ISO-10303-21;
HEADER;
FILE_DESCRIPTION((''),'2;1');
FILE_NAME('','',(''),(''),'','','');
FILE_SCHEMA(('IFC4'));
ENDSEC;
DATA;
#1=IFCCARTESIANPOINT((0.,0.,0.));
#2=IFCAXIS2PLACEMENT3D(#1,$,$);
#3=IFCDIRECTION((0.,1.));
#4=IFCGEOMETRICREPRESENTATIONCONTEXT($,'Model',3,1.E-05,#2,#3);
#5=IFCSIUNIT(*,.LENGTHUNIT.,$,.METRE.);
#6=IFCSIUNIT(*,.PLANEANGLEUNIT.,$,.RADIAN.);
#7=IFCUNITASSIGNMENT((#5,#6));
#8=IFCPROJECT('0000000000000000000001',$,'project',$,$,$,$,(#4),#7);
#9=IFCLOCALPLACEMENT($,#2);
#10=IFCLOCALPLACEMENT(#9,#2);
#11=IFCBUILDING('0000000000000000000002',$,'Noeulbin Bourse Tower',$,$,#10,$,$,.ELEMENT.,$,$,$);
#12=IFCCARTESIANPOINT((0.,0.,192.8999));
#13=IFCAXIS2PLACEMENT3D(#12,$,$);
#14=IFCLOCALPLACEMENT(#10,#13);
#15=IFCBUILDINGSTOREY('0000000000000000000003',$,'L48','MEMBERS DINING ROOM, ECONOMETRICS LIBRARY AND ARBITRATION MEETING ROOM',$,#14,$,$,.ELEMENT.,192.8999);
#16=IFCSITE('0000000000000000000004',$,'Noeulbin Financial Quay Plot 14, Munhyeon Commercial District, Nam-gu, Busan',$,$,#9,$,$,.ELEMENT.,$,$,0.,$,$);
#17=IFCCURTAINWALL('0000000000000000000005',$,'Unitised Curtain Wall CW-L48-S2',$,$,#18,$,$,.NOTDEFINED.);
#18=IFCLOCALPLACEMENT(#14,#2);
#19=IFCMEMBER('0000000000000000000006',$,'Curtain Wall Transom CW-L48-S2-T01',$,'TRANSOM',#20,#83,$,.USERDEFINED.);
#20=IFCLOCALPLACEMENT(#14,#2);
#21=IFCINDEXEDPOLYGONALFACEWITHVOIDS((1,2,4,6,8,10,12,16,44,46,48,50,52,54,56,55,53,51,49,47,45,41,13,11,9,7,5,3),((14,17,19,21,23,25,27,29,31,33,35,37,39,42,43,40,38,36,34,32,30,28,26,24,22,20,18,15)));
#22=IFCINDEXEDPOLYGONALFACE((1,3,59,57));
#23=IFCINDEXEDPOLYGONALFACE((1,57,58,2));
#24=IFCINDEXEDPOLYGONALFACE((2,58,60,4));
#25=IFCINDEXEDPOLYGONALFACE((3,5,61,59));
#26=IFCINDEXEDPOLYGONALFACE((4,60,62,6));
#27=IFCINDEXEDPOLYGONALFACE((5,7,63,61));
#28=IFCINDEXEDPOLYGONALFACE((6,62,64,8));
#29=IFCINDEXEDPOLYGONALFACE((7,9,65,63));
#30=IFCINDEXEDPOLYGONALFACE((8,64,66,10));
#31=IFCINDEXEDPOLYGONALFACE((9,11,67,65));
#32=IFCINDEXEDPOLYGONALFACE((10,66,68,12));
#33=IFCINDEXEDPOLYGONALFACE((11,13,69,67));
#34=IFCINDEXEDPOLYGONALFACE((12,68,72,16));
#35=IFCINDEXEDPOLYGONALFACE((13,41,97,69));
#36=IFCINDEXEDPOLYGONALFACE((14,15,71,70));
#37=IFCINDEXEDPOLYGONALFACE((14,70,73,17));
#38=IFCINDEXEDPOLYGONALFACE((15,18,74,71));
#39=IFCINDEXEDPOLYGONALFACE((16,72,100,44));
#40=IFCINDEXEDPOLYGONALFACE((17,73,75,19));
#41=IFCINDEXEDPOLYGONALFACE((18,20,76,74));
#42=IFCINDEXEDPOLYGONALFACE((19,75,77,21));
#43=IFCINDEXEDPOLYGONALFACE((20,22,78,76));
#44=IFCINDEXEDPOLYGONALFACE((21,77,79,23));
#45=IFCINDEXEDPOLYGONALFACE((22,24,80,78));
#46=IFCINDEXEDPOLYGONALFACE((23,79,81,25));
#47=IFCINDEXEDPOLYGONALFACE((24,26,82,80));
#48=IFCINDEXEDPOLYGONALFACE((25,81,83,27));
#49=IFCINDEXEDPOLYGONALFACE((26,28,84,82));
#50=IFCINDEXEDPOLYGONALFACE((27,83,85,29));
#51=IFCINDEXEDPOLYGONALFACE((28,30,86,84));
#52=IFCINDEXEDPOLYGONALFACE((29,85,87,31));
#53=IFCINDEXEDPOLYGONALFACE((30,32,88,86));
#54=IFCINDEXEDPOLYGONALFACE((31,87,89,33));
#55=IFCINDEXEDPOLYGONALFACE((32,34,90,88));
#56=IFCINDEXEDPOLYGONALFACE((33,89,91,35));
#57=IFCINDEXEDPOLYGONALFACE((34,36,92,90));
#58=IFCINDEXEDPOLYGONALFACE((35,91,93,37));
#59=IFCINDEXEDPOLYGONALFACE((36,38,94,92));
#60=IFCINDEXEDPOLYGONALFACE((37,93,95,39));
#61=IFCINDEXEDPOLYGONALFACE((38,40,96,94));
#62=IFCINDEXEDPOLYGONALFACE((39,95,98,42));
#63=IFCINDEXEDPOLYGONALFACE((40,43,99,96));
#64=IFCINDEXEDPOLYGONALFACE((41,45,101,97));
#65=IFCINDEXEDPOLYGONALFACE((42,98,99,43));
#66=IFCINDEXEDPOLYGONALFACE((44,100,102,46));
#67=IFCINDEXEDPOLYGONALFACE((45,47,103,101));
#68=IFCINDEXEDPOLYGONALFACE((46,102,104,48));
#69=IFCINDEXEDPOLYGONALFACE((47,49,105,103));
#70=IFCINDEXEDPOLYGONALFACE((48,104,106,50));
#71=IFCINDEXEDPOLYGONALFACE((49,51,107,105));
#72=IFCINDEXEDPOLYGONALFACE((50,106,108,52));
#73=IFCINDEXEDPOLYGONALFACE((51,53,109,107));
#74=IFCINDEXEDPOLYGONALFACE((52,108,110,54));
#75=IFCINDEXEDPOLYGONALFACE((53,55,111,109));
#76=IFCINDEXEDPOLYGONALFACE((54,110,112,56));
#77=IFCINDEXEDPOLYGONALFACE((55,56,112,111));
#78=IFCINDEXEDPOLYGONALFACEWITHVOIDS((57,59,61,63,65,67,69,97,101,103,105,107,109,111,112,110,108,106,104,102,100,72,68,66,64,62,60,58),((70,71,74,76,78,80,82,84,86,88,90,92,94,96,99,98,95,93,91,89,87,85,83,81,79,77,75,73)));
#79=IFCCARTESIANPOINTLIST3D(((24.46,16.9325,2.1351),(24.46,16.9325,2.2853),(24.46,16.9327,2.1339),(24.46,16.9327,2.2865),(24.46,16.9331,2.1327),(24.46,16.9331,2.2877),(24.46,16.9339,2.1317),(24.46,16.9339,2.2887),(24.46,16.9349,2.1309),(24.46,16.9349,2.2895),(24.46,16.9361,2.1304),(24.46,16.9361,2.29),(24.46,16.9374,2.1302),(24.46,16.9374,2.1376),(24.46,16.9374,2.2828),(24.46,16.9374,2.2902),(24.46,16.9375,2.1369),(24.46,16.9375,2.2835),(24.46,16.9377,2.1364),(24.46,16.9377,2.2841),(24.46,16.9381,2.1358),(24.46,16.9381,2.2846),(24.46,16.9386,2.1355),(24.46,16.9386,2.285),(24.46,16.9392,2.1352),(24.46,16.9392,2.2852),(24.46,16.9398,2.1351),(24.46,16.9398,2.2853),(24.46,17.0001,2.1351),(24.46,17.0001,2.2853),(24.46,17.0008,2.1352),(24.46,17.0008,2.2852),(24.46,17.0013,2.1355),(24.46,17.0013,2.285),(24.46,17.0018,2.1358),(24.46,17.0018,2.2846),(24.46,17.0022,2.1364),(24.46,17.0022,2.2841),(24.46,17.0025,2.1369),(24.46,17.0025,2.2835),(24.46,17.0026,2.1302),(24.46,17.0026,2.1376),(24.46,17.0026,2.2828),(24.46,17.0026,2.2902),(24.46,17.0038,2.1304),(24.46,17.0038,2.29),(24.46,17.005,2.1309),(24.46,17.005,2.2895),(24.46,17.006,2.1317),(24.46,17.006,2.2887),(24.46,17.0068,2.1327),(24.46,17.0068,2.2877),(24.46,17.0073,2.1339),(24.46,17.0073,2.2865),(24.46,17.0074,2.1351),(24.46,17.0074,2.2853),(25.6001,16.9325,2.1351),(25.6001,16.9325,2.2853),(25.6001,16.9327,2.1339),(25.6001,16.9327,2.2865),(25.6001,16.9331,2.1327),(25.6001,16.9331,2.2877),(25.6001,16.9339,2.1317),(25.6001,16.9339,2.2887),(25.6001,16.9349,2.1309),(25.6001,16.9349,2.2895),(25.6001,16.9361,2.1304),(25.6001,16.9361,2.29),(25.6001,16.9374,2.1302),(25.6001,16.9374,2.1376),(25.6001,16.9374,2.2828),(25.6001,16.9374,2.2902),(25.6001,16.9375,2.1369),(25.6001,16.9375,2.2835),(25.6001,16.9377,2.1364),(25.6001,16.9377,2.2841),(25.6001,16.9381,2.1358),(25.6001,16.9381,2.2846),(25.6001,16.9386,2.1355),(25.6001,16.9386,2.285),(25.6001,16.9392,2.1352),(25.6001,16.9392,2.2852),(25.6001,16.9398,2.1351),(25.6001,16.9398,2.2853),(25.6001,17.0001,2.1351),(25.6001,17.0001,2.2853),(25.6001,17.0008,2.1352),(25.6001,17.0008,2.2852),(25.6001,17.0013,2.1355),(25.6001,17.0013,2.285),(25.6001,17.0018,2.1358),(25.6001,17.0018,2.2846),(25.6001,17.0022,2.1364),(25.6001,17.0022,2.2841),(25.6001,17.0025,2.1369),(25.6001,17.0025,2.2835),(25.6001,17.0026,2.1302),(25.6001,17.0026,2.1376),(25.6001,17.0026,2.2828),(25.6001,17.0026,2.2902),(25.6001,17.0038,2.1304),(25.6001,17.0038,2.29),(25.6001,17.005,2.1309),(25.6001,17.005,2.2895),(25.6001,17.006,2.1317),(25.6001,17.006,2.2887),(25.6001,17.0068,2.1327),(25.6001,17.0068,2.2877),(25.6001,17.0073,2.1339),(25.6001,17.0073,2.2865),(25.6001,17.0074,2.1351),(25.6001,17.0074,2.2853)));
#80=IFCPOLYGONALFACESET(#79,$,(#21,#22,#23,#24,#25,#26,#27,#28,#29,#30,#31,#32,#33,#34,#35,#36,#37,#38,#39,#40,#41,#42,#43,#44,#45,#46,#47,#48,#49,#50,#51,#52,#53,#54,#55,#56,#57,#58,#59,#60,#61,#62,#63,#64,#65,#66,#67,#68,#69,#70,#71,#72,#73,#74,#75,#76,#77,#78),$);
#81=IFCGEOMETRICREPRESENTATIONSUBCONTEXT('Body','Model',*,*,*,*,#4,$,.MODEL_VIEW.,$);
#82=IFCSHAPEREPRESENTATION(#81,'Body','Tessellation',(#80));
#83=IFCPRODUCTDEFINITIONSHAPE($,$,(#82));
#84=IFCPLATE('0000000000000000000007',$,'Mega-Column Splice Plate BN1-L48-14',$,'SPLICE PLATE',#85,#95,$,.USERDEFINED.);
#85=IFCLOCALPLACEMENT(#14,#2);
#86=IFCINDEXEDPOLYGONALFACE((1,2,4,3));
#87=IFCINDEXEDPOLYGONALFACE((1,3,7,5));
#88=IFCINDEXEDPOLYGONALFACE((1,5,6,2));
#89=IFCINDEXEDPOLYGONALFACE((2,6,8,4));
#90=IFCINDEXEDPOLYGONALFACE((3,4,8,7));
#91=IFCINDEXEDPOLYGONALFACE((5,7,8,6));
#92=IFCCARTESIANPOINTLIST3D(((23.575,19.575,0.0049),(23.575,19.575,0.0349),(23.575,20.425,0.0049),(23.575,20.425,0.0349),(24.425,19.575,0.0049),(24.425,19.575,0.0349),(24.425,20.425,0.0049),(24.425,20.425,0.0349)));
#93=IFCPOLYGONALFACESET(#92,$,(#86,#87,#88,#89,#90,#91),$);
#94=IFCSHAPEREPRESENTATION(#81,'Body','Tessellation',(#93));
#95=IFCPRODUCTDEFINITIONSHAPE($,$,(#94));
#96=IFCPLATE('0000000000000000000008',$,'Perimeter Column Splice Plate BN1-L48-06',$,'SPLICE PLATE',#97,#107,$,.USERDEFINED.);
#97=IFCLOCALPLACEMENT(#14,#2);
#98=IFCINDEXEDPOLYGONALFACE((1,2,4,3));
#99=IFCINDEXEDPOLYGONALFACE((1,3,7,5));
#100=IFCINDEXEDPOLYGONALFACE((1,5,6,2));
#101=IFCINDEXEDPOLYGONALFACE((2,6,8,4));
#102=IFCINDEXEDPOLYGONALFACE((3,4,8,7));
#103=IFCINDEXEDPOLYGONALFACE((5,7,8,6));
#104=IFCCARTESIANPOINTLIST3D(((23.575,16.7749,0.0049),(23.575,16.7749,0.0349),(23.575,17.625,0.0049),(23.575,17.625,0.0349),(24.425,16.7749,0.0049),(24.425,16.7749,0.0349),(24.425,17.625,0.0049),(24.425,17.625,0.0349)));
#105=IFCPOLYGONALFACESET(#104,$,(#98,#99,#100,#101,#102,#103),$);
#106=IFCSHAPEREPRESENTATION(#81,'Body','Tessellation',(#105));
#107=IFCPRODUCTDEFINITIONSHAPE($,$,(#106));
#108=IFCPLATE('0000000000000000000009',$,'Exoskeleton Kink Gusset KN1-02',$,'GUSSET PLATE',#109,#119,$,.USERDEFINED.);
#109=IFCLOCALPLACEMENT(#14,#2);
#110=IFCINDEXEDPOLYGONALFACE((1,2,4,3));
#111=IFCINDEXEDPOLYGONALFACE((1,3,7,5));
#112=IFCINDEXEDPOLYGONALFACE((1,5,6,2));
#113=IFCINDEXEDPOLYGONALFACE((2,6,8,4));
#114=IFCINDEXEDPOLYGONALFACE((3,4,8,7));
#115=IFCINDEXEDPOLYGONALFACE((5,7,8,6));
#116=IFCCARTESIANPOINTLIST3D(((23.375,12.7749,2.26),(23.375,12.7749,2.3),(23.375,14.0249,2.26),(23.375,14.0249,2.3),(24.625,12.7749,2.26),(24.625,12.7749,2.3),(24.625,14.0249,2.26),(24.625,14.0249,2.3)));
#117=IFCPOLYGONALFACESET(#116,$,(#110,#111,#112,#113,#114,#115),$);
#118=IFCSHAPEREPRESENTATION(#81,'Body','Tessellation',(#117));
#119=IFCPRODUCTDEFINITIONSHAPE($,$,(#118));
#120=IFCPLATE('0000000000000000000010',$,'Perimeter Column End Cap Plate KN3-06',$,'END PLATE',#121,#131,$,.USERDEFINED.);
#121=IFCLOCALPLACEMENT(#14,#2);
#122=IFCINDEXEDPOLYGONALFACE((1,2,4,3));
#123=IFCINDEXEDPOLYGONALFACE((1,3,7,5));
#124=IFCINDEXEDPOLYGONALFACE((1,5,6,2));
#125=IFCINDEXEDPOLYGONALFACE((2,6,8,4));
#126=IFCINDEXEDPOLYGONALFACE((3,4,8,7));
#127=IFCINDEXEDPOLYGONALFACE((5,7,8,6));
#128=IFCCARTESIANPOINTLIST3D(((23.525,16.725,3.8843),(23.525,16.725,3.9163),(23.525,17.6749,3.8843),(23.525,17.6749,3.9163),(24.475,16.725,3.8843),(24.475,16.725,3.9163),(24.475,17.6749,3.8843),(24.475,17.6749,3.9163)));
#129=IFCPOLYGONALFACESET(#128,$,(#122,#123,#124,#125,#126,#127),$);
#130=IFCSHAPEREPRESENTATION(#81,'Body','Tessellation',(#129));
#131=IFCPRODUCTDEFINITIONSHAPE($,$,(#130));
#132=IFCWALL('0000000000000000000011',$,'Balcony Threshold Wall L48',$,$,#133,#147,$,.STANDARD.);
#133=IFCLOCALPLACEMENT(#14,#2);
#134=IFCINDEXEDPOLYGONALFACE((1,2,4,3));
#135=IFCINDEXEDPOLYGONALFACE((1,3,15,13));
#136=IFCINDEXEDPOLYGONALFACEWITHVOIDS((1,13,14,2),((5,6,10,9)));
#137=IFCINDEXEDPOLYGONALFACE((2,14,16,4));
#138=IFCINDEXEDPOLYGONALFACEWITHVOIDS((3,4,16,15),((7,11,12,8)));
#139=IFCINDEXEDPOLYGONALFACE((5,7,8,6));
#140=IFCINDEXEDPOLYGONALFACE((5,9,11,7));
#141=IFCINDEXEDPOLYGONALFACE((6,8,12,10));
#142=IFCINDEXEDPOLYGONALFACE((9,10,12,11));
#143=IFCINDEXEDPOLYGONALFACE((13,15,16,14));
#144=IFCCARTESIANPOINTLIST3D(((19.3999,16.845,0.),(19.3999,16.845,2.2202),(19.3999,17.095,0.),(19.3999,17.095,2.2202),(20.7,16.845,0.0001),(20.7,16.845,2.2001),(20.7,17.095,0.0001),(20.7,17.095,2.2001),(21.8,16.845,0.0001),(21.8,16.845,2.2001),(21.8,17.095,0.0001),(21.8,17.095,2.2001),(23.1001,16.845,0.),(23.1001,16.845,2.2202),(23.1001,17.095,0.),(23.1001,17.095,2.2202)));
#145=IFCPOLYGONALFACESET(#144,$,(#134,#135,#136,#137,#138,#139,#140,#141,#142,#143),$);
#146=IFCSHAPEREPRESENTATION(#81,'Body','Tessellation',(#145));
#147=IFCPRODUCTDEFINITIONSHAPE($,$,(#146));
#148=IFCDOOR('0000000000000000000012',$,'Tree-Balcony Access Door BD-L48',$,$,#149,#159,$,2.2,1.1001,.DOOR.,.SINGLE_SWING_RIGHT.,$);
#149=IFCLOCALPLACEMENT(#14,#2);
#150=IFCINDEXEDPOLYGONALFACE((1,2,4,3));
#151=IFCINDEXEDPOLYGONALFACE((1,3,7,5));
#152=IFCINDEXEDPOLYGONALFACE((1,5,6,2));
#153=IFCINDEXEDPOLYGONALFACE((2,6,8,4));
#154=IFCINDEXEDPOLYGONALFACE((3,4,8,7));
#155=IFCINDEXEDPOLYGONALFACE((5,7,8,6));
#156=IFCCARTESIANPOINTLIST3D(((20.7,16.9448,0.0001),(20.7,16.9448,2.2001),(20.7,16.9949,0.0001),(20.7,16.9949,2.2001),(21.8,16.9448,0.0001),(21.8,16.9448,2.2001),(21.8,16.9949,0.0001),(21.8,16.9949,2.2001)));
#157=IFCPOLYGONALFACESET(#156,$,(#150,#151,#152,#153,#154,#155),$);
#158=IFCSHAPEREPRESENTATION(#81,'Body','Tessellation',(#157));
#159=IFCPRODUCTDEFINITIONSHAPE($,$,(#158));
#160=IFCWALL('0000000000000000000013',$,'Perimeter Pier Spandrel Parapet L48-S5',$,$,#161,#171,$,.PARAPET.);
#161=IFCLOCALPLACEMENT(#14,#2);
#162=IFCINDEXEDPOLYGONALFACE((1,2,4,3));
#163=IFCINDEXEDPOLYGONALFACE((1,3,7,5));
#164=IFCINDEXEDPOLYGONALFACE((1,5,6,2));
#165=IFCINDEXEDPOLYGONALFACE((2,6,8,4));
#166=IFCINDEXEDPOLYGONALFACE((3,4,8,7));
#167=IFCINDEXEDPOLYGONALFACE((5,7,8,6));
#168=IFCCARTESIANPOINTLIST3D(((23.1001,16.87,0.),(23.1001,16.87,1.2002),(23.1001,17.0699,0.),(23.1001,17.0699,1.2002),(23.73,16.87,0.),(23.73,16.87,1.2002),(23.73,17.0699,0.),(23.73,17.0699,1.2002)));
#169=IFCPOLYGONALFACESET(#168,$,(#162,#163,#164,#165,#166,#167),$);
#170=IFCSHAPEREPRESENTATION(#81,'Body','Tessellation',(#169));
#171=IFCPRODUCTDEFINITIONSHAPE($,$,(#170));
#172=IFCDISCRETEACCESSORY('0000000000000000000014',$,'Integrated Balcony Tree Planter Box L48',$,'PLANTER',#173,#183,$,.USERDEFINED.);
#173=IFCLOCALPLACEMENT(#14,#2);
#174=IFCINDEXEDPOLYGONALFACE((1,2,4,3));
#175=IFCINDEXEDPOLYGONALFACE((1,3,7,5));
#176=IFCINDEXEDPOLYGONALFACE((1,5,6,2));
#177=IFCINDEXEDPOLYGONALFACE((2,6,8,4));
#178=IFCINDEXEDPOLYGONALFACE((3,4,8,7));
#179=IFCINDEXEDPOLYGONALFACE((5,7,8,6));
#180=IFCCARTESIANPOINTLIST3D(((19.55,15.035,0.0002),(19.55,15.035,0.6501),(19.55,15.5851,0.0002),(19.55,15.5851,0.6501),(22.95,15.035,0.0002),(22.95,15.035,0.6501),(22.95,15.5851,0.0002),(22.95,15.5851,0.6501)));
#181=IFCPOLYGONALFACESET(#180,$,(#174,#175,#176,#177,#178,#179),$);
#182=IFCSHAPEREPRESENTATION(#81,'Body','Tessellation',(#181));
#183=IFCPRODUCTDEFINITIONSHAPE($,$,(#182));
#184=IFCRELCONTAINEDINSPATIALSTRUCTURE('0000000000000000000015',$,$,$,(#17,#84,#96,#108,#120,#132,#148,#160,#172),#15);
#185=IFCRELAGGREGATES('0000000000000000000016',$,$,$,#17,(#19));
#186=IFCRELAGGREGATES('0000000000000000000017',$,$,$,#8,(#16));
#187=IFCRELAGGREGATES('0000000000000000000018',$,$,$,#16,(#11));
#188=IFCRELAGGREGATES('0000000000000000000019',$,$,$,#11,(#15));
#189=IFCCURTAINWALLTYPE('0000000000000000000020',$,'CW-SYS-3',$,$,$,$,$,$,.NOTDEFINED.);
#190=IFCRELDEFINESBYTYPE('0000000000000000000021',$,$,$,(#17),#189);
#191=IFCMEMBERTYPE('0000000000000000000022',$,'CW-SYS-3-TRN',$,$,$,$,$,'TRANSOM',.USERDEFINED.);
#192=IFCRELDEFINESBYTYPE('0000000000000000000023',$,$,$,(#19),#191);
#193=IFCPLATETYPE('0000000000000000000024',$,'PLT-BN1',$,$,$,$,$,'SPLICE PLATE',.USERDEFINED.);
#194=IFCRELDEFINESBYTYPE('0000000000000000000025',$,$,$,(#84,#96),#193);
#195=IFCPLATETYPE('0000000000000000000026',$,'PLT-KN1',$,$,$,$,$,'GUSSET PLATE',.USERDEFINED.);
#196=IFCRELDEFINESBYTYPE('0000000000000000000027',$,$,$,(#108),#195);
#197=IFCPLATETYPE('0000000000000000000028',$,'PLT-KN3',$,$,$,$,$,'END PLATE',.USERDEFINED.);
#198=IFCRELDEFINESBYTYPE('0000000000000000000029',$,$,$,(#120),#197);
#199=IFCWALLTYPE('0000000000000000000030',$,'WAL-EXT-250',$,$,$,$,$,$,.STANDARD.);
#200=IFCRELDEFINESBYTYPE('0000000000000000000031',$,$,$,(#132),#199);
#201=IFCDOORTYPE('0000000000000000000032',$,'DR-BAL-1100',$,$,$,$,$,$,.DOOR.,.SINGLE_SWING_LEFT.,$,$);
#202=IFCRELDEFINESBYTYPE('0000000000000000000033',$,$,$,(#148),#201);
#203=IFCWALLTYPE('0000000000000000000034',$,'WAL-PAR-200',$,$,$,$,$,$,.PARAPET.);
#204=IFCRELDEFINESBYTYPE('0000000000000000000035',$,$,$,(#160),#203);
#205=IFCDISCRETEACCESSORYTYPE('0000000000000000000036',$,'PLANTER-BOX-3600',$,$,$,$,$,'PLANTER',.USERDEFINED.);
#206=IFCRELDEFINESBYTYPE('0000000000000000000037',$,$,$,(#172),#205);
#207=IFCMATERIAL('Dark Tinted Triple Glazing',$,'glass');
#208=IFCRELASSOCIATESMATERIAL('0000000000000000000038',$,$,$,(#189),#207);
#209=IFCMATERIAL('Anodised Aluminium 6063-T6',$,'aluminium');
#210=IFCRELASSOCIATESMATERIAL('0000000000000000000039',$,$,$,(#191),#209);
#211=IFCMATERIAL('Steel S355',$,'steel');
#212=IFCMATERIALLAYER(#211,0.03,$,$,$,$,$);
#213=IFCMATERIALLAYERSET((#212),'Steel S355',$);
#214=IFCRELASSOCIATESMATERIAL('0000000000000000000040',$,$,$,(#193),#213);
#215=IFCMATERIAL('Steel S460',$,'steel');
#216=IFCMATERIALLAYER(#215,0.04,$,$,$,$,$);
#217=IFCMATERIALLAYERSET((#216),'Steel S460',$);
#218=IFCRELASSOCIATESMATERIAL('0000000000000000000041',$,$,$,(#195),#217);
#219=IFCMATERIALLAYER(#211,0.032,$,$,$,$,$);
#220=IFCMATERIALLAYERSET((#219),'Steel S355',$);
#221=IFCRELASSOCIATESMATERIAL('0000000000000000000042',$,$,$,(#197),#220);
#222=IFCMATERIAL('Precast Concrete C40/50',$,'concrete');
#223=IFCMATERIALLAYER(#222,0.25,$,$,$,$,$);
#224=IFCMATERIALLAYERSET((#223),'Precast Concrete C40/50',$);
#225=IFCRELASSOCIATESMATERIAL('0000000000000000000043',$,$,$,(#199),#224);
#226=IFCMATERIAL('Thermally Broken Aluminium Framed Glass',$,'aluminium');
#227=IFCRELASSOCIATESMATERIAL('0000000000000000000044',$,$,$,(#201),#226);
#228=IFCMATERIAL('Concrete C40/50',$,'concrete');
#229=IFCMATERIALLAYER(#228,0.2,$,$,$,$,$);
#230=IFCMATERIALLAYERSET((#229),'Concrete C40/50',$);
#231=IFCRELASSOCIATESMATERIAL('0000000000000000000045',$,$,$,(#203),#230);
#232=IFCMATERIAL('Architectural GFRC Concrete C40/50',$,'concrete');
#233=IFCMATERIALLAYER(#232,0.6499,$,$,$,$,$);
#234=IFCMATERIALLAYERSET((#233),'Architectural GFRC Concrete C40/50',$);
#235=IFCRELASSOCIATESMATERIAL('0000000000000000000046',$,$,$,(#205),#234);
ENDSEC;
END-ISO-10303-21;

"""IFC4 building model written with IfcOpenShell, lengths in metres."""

from ifc_helpers import new_model, si_unit, direction, frame, frame_2d, origin, origin_2d, place, context, subcontext, project, spatial, rectangle, hollow_rectangle, extrude, material, layer, layer_set, material_profile, profile_set, type_object, element, fill, aggregate, save


model = new_model("IFC4")

# Units and contexts
model_context = context("Model", 3, precision=1e-05, world=origin(), true_north=direction((0.0, 1.0)))
body_context = subcontext(model_context, "Body", "Model", "MODEL_VIEW")
ifc_project = project(units=[si_unit("LENGTHUNIT", "METRE"), si_unit("PLANEANGLEUNIT", "RADIAN")], contexts=[model_context])

# Site, building, storey
site_placement = place(None, origin())
site = spatial("IfcSite", under=ifc_project, at=site_placement, Name="Noeulbin Financial Quay Plot 14, Munhyeon Commercial District, Nam-gu, Busan", CompositionType="ELEMENT", RefElevation=0.0)
building_placement = place(site_placement, origin())
building = spatial("IfcBuilding", under=site, at=building_placement, Name="Noeulbin Bourse Tower", CompositionType="ELEMENT")
storey_placement = place(building_placement, frame((0.0, 0.0, 192.8999)))
storey = spatial("IfcBuildingStorey", under=building, at=storey_placement, Name="L48", Description="MEMBERS DINING ROOM, ECONOMETRICS LIBRARY AND ARBITRATION MEETING ROOM", CompositionType="ELEMENT", Elevation=192.8999)

# Shared definitions
ifc_material_1 = material(Name="Steel S355", Category="steel")
ifc_material_2 = material(Name="Steel S460", Category="steel")

# Curtain wall, member
ifc_material_3 = material(Name="Dark Tinted Triple Glazing", Category="glass")
curtain_wall_type = type_object("IfcCurtainWallType", Name="CW-SYS-3", PredefinedType="NOTDEFINED", material=ifc_material_3)
curtain_wall_placement = place(storey_placement, origin())
curtain_wall = element("IfcCurtainWall", 1, at=curtain_wall_placement, inside=storey, type_object=curtain_wall_type, Name="Unitised Curtain Wall CW-L48-S2", PredefinedType="NOTDEFINED")
ifc_material_4 = material(Name="Anodised Aluminium 6063-T6", Category="aluminium")
ifc_material_profile_1 = material_profile(ifc_material_4, hollow_rectangle(XDim=0.075, YDim=0.1599, WallThickness=0.0049, InnerFilletRadius=0.0024, OuterFilletRadius=0.0049, at=origin_2d()), Name="ALU-TRAN-75x160x5", Category="LoadBearing")
ifc_profile_set_1 = profile_set([ifc_material_profile_1], Name="Anodised Aluminium 6063-T6")
member_type_1 = type_object("IfcMemberType", Name="CW-SYS-3-TRN", ElementType="TRANSOM", PredefinedType="USERDEFINED", material=ifc_profile_set_1)
member_1_placement = place(storey_placement, frame((24.46, 16.97, 2.2102), z_axis=(1.0, 0.0, 0.0), x_axis=(0.0, 1.0, 0.0)))
member_1 = element("IfcMember", 2, at=member_1_placement, type_object=member_type_1, Name="Curtain Wall Transom CW-L48-S2-T01", ObjectType="TRANSOM", PredefinedType="USERDEFINED", context=body_context, shape_type="SweptSolid", body=[
    extrude(hollow_rectangle(XDim=0.075, YDim=0.1599, WallThickness=0.0049, InnerFilletRadius=0.0024, OuterFilletRadius=0.0049, at=origin_2d()), origin(), (0.0, 0.0, 1.0), 1.1401),
])
aggregate(curtain_wall, [member_1])

# Plates
ifc_layer_1 = layer(ifc_material_1, 0.03)
ifc_layer_set_1 = layer_set([ifc_layer_1], Name="Steel S355")
plate_type_1 = type_object("IfcPlateType", Name="PLT-BN1", ElementType="SPLICE PLATE", PredefinedType="USERDEFINED", material=ifc_layer_set_1)
for number, where, z_axis, x_axis, name in (
    (3, (24.0, 20.0, 0.0049), (0.0, 0.0, 1.0), (1.0, 0.0, 0.0), "Mega-Column Splice Plate BN1-L48-14"),
    (4, (24.0, 17.2, 0.0049), (0.0, 0.0, 1.0), (1.0, 0.0, 0.0), "Perimeter Column Splice Plate BN1-L48-06"),
):
    element("IfcPlate", number, at=place(storey_placement, frame(where, z_axis=z_axis, x_axis=x_axis)), inside=storey, type_object=plate_type_1, Name=name, ObjectType="SPLICE PLATE", PredefinedType="USERDEFINED", context=body_context, shape_type="SweptSolid", body=[
        extrude(rectangle(XDim=0.8501, YDim=0.8501, at=origin_2d()), origin(), (0.0, 0.0, 1.0), 0.03),
    ])
ifc_layer_2 = layer(ifc_material_2, 0.04)
ifc_layer_set_2 = layer_set([ifc_layer_2], Name="Steel S460")
plate_type_2 = type_object("IfcPlateType", Name="PLT-KN1", ElementType="GUSSET PLATE", PredefinedType="USERDEFINED", material=ifc_layer_set_2)
plate_1_placement = place(storey_placement, frame((24.0, 13.3999, 2.26), z_axis=(0.0, 0.0, 1.0), x_axis=(1.0, 0.0, 0.0)))
element("IfcPlate", 5, at=plate_1_placement, inside=storey, type_object=plate_type_2, Name="Exoskeleton Kink Gusset KN1-02", ObjectType="GUSSET PLATE", PredefinedType="USERDEFINED", context=body_context, shape_type="SweptSolid", body=[
    extrude(rectangle(XDim=1.25, YDim=1.25, at=origin_2d()), origin(), (0.0, 0.0, 1.0), 0.04),
])
ifc_layer_3 = layer(ifc_material_1, 0.032)
ifc_layer_set_3 = layer_set([ifc_layer_3], Name="Steel S355")
plate_type_3 = type_object("IfcPlateType", Name="PLT-KN3", ElementType="END PLATE", PredefinedType="USERDEFINED", material=ifc_layer_set_3)
plate_2_placement = place(storey_placement, frame((24.0, 17.2, 3.8843), z_axis=(0.0, 0.0, 1.0), x_axis=(1.0, 0.0, 0.0)))
element("IfcPlate", 6, at=plate_2_placement, inside=storey, type_object=plate_type_3, Name="Perimeter Column End Cap Plate KN3-06", ObjectType="END PLATE", PredefinedType="USERDEFINED", context=body_context, shape_type="SweptSolid", body=[
    extrude(rectangle(XDim=0.95, YDim=0.95, at=origin_2d()), origin(), (0.0, 0.0, 1.0), 0.032),
])

# Wall, opening, door
ifc_material_5 = material(Name="Precast Concrete C40/50", Category="concrete")
ifc_layer_4 = layer(ifc_material_5, 0.25)
ifc_layer_set_4 = layer_set([ifc_layer_4], Name="Precast Concrete C40/50")
wall_type_1 = type_object("IfcWallType", Name="WAL-EXT-250", PredefinedType="STANDARD", material=ifc_layer_set_4)
wall_1_placement = place(storey_placement, frame((19.3999, 16.97, 0.0), z_axis=(0.0, 0.0, 1.0), x_axis=(1.0, 0.0, 0.0)))
wall_1 = element("IfcWall", 7, at=wall_1_placement, inside=storey, type_object=wall_type_1, Name="Balcony Threshold Wall L48", PredefinedType="STANDARD", context=body_context, shape_type="SweptSolid", body=[
    extrude(rectangle(XDim=3.7002, YDim=0.25, at=frame_2d((1.8501, 0.0))), origin(), (0.0, 0.0, 1.0), 2.2202),
])
opening_placement = place(wall_1_placement, frame((1.3, 0.0, 0.0)))
opening = element("IfcOpeningElement", 8, at=opening_placement, cuts=wall_1, PredefinedType="OPENING", context=body_context, shape_type="SweptSolid", body=[
    extrude(rectangle(XDim=1.1001, YDim=2.2, at=frame_2d((0.55, 1.1001))), frame((0.0, 0.135, 0.0), z_axis=(0.0, -1.0, 0.0), x_axis=(1.0, 0.0, 0.0)), (0.0, 0.0, 1.0), 0.27),
])
ifc_material_6 = material(Name="Thermally Broken Aluminium Framed Glass", Category="aluminium")
door_type = type_object("IfcDoorType", Name="DR-BAL-1100", OperationType="SINGLE_SWING_LEFT", PredefinedType="DOOR", material=ifc_material_6)
door_placement = place(opening_placement, origin())
door = element("IfcDoor", 9, at=door_placement, inside=storey, type_object=door_type, Name="Tree-Balcony Access Door BD-L48", OperationType="SINGLE_SWING_RIGHT", OverallHeight=2.2, OverallWidth=1.1001, PredefinedType="DOOR", context=body_context, shape_type="SweptSolid", body=[
    extrude(rectangle(XDim=1.1001, YDim=2.2, at=frame_2d((0.55, 1.1001))), frame((0.0, 0.0249, 0.0), z_axis=(0.0, -1.0, 0.0), x_axis=(1.0, 0.0, 0.0)), (0.0, 0.0, 1.0), 0.05),
])
fill(opening, door)

# Wall
ifc_material_7 = material(Name="Concrete C40/50", Category="concrete")
ifc_layer_5 = layer(ifc_material_7, 0.2)
ifc_layer_set_5 = layer_set([ifc_layer_5], Name="Concrete C40/50")
wall_type_2 = type_object("IfcWallType", Name="WAL-PAR-200", PredefinedType="PARAPET", material=ifc_layer_set_5)
wall_2_placement = place(storey_placement, frame((23.1001, 16.97, 0.0), z_axis=(0.0, 0.0, 1.0), x_axis=(1.0, 0.0, 0.0)))
element("IfcWall", 10, at=wall_2_placement, inside=storey, type_object=wall_type_2, Name="Perimeter Pier Spandrel Parapet L48-S5", PredefinedType="PARAPET", context=body_context, shape_type="SweptSolid", body=[
    extrude(rectangle(XDim=0.6299, YDim=0.2, at=frame_2d((0.3149, 0.0))), origin(), (0.0, 0.0, 1.0), 1.2002),
])

# Discrete accessory
ifc_material_8 = material(Name="Architectural GFRC Concrete C40/50", Category="concrete")
ifc_layer_6 = layer(ifc_material_8, 0.6499)
ifc_layer_set_6 = layer_set([ifc_layer_6], Name="Architectural GFRC Concrete C40/50")
discrete_accessory_type = type_object("IfcDiscreteAccessoryType", Name="PLANTER-BOX-3600", ElementType="PLANTER", PredefinedType="USERDEFINED", material=ifc_layer_set_6)
discrete_accessory_placement = place(storey_placement, frame((21.25, 15.3101, 0.0002), z_axis=(0.0, 0.0, 1.0), x_axis=(1.0, 0.0, 0.0)))
element("IfcDiscreteAccessory", 11, at=discrete_accessory_placement, inside=storey, type_object=discrete_accessory_type, Name="Integrated Balcony Tree Planter Box L48", ObjectType="PLANTER", PredefinedType="USERDEFINED", context=body_context, shape_type="SweptSolid", body=[
    extrude(rectangle(XDim=3.3999, YDim=0.55, at=origin_2d()), origin(), (0.0, 0.0, 1.0), 0.6499),
])

save(model, "model.ifc")
